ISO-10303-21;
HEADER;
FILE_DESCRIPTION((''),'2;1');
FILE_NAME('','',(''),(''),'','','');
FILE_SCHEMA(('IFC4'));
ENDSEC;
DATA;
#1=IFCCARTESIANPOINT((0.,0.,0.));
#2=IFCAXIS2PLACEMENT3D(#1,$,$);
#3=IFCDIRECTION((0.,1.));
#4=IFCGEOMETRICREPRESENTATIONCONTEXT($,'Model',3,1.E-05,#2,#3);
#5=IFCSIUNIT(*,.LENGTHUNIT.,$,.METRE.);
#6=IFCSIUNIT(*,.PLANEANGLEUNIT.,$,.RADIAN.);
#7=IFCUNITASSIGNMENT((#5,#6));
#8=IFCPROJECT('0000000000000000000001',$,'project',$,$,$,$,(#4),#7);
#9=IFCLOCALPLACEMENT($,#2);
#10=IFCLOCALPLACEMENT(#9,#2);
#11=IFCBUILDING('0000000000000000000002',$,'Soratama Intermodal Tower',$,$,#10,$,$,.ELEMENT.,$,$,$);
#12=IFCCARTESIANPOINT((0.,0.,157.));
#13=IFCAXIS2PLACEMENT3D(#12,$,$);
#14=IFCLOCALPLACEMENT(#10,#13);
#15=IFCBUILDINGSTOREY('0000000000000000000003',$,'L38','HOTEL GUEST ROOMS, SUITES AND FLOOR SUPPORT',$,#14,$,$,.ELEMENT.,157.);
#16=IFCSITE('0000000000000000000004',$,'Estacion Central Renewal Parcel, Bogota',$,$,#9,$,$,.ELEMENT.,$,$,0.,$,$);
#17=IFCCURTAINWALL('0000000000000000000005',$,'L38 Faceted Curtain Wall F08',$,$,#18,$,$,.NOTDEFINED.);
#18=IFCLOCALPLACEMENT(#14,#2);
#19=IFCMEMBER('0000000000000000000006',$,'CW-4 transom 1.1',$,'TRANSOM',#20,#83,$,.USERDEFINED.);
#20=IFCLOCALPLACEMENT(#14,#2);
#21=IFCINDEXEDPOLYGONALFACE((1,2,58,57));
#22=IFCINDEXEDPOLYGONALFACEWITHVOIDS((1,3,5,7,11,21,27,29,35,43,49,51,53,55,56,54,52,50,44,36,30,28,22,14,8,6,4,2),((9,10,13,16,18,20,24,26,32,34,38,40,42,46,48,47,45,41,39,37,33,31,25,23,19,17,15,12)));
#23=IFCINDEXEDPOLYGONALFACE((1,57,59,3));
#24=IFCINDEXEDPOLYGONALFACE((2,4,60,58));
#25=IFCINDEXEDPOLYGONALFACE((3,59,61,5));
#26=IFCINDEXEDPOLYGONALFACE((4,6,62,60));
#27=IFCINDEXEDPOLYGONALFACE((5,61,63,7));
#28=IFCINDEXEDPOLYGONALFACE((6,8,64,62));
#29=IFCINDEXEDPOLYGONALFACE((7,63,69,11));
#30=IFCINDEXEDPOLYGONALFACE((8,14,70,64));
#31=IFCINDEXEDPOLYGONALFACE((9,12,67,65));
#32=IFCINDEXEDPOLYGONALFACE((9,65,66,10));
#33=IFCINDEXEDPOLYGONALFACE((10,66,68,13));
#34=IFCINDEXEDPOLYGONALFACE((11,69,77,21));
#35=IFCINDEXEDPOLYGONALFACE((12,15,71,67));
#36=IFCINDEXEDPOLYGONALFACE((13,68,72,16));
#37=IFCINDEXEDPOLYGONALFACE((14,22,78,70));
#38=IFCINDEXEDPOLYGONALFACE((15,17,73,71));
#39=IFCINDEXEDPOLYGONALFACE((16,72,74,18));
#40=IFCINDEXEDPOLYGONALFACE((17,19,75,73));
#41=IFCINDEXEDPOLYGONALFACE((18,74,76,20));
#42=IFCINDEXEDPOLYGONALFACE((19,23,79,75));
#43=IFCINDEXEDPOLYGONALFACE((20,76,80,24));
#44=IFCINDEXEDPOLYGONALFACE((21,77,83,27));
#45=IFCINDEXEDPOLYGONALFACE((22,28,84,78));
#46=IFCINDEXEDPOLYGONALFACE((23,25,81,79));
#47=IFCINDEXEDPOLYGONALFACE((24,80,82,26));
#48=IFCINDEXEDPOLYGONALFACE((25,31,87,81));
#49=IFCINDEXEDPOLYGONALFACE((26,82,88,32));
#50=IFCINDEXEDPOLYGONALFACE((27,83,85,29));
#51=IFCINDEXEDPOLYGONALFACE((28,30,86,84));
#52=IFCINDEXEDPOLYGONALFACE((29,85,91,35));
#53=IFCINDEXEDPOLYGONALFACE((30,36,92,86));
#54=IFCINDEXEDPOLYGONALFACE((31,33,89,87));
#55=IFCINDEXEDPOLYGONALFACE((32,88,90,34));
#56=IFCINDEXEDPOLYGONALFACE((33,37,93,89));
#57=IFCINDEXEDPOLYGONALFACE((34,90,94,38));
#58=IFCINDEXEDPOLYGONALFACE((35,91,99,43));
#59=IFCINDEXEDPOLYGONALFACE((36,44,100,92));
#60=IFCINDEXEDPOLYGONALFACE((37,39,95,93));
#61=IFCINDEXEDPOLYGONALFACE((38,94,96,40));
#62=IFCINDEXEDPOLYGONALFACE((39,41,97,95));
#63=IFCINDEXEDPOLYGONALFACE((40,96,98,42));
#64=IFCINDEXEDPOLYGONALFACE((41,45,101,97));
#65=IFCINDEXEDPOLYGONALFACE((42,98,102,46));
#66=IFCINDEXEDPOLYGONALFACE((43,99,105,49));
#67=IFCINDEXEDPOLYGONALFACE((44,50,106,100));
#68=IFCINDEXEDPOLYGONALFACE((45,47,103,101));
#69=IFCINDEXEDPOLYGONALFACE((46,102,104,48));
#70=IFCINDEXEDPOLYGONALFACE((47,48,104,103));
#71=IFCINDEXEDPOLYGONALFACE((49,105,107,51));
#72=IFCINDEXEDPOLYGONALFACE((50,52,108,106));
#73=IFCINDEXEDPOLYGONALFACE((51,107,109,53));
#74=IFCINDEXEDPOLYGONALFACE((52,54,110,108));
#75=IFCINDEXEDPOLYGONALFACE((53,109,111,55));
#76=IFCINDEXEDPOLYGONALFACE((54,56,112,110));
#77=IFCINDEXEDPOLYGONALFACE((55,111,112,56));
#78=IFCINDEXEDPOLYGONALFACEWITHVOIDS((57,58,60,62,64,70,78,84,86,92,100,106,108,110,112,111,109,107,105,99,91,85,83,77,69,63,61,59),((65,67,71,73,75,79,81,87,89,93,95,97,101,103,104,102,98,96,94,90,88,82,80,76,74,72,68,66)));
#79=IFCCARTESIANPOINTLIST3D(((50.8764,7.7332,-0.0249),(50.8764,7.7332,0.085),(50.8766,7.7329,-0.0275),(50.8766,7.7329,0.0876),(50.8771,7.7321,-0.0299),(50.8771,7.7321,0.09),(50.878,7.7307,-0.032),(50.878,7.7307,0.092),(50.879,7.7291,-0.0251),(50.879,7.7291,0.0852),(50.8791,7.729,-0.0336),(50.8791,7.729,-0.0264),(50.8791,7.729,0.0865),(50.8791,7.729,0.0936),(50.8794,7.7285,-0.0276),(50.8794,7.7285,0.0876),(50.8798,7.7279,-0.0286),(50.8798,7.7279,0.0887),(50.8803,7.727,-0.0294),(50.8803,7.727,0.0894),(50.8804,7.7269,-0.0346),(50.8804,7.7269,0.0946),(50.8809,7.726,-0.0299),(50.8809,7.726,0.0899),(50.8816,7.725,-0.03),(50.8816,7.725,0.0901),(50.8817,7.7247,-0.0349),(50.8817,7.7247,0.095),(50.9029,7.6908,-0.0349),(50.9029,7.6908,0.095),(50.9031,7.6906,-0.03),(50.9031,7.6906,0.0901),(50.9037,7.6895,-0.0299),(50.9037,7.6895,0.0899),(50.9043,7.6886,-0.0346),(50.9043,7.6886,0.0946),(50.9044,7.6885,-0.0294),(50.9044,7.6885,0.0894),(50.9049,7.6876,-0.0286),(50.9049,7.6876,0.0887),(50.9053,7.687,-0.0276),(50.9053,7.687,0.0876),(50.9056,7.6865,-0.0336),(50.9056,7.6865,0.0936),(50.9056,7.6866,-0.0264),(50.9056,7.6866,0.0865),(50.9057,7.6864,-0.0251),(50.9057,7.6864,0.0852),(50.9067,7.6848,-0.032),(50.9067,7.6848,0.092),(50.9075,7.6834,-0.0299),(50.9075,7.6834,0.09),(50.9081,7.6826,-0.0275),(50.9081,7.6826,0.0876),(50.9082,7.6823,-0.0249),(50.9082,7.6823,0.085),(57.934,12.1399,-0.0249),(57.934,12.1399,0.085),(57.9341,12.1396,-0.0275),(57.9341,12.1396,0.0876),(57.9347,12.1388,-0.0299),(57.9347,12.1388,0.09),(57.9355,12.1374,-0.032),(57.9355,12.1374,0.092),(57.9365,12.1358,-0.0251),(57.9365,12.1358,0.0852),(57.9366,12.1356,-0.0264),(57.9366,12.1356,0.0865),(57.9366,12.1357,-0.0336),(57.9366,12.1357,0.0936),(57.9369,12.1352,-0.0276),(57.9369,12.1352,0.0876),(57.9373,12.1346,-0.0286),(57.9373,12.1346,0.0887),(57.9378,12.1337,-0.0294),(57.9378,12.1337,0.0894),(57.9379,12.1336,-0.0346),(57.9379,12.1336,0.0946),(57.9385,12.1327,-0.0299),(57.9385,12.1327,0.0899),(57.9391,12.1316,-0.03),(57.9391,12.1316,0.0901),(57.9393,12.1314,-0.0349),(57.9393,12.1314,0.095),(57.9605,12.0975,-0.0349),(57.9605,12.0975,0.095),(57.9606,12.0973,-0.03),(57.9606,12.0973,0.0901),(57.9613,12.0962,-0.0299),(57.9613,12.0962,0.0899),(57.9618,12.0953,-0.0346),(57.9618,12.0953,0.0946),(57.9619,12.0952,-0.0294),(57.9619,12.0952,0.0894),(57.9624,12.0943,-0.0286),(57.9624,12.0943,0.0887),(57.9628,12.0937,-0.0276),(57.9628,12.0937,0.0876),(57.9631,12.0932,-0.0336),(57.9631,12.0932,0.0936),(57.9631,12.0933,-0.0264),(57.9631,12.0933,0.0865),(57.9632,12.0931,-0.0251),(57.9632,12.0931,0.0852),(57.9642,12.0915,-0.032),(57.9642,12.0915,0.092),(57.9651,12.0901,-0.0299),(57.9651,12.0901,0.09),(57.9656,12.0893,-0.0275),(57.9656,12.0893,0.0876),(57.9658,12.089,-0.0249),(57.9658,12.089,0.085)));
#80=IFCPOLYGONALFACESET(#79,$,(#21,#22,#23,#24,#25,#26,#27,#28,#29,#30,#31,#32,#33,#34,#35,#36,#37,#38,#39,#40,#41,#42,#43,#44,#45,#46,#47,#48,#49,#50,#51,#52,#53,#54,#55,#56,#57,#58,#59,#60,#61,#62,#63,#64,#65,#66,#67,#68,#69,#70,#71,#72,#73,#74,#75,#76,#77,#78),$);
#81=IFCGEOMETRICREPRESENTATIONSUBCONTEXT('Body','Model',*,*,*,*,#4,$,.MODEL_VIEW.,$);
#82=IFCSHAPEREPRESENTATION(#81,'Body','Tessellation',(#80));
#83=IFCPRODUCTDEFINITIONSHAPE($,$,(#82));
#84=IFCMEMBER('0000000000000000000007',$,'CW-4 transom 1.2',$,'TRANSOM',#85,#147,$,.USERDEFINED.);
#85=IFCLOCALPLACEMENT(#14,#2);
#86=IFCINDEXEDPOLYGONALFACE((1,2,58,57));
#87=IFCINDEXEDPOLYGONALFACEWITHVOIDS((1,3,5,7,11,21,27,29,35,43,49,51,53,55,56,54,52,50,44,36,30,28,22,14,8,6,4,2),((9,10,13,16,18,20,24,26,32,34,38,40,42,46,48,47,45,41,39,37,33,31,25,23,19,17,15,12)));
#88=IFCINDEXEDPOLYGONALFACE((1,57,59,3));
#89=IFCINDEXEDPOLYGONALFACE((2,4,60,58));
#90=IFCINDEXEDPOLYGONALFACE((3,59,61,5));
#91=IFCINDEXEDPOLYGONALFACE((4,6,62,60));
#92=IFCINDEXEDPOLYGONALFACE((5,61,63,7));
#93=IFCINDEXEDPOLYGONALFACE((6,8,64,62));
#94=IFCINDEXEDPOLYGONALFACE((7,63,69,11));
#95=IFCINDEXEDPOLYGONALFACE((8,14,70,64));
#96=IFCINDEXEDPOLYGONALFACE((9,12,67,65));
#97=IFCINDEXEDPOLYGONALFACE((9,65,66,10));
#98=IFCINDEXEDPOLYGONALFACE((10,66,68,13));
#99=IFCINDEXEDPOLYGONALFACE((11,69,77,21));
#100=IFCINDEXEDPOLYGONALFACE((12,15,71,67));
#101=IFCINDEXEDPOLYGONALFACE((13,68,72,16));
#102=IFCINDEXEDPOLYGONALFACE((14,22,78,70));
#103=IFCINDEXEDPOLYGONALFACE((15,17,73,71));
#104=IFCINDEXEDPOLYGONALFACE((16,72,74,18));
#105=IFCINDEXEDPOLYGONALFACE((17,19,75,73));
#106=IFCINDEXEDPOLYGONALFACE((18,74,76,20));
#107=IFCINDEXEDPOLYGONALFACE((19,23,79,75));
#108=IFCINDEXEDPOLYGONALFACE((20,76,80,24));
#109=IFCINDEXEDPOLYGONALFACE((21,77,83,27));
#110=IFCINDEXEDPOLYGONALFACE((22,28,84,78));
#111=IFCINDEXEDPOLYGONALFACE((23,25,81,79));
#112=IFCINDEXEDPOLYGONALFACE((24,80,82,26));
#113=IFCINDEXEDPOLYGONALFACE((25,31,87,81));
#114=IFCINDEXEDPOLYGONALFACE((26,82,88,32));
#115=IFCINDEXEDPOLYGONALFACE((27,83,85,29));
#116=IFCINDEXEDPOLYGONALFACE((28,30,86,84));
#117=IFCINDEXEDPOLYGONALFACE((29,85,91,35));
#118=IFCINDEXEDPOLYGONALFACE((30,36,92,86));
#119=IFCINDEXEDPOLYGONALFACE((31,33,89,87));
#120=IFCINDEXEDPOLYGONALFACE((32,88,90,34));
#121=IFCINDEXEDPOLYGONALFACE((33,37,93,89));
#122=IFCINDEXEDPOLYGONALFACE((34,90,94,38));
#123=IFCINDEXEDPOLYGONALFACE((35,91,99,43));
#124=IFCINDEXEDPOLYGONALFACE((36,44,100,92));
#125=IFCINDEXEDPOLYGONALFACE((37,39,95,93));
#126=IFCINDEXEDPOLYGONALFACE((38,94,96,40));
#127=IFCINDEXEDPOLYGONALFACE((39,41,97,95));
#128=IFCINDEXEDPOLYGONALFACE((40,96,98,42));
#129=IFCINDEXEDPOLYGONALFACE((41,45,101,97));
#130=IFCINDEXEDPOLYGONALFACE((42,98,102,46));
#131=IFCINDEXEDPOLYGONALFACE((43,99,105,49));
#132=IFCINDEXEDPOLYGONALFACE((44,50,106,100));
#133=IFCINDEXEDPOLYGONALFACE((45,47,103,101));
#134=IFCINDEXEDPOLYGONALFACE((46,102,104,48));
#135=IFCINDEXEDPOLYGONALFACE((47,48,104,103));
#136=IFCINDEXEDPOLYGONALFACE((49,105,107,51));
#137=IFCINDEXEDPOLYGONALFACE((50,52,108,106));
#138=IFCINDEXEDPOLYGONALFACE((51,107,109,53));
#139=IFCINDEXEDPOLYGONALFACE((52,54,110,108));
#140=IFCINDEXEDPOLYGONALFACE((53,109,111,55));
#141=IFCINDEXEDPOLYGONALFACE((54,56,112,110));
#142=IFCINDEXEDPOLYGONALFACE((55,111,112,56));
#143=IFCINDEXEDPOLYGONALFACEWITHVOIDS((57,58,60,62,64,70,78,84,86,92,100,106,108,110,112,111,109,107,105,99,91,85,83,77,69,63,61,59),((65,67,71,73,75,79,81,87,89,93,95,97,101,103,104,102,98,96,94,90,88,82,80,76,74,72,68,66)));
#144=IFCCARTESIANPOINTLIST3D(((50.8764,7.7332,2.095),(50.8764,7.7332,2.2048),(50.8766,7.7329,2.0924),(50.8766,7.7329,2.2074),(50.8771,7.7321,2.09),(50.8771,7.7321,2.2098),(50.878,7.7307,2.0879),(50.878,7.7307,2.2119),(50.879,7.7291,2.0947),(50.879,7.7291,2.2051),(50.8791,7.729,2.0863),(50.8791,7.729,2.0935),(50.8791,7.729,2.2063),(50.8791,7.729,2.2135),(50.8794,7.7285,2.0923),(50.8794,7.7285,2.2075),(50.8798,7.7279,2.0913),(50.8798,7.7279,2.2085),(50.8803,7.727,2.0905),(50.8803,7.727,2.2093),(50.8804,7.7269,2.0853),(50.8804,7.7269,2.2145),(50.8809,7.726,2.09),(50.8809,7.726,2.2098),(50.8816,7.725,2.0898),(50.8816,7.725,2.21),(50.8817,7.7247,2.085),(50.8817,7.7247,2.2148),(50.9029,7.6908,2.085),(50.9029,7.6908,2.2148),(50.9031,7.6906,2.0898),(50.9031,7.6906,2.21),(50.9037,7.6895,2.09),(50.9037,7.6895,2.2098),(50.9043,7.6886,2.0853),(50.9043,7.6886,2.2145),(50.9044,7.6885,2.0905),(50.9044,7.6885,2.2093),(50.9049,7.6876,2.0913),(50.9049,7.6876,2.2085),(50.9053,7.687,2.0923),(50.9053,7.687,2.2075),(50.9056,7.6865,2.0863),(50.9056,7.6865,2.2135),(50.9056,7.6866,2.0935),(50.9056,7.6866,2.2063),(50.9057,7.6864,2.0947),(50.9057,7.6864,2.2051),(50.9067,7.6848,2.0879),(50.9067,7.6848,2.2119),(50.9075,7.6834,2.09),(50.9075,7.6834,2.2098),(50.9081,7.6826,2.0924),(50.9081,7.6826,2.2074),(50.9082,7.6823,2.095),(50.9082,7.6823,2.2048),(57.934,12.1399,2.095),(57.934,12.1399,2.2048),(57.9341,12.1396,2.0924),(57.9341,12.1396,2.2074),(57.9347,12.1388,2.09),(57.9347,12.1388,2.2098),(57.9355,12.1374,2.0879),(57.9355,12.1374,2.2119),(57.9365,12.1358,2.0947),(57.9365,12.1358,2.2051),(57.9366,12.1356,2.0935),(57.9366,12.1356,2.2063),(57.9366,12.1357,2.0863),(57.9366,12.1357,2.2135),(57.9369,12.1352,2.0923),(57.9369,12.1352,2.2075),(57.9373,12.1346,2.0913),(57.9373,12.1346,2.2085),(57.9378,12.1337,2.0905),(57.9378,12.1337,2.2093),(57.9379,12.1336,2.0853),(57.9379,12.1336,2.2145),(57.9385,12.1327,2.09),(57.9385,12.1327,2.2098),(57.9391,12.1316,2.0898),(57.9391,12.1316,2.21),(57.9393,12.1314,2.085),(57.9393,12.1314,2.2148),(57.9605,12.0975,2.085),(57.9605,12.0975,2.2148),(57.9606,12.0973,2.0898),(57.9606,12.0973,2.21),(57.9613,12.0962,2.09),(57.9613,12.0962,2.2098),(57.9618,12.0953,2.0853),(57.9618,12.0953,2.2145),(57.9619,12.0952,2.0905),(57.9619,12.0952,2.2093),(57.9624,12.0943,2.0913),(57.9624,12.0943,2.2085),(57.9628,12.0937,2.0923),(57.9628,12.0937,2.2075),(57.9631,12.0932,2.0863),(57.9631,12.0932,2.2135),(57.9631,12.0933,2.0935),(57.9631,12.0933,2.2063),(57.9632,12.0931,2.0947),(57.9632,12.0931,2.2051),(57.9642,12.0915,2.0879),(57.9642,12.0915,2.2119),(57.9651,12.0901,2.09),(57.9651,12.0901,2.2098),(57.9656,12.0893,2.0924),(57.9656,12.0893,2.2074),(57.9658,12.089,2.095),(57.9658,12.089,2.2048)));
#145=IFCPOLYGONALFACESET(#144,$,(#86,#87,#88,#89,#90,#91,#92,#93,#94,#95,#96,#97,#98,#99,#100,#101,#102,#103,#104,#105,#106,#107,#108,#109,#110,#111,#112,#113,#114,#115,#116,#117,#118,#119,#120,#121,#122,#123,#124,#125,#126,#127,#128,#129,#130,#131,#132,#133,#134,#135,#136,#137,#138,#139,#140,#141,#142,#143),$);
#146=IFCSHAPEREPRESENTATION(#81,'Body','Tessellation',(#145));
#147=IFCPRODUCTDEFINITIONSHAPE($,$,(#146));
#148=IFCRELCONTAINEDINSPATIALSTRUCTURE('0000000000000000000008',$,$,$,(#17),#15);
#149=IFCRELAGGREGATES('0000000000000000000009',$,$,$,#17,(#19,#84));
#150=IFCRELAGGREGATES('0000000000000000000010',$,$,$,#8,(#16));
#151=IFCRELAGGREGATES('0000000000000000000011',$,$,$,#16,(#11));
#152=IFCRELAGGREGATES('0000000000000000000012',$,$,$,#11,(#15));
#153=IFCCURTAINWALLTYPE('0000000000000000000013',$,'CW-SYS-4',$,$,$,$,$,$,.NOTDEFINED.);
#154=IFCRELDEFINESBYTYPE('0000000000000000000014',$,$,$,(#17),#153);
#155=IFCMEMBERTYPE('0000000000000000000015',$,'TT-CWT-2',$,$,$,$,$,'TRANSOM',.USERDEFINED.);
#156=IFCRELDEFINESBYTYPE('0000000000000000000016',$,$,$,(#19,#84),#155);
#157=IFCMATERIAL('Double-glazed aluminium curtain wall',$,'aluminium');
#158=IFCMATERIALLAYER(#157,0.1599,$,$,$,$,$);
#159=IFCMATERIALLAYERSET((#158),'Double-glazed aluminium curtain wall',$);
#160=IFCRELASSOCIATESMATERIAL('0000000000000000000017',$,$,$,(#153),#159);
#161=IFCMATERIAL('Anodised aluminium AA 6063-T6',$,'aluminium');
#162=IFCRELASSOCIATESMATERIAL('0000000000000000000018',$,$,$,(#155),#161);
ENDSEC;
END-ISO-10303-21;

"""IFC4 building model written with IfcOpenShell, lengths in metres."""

from ifc_helpers import new_model, si_unit, direction, frame, origin, origin_2d, place, context, subcontext, project, spatial, hollow_rectangle, extrude, material, layer, layer_set, material_profile, profile_set, type_object, element, aggregate, save


model = new_model("IFC4")

# Units and contexts
model_context = context("Model", 3, precision=1e-05, world=origin(), true_north=direction((0.0, 1.0)))
body_context = subcontext(model_context, "Body", "Model", "MODEL_VIEW")
ifc_project = project(units=[si_unit("LENGTHUNIT", "METRE"), si_unit("PLANEANGLEUNIT", "RADIAN")], contexts=[model_context])

# Site, building, storey
site_placement = place(None, origin())
site = spatial("IfcSite", under=ifc_project, at=site_placement, Name="Estacion Central Renewal Parcel, Bogota", CompositionType="ELEMENT", RefElevation=0.0)
building_placement = place(site_placement, origin())
building = spatial("IfcBuilding", under=site, at=building_placement, Name="Soratama Intermodal Tower", CompositionType="ELEMENT")
storey_placement = place(building_placement, frame((0.0, 0.0, 157.0)))
storey = spatial("IfcBuildingStorey", under=building, at=storey_placement, Name="L38", Description="HOTEL GUEST ROOMS, SUITES AND FLOOR SUPPORT", CompositionType="ELEMENT", Elevation=157.0)

# Curtain wall, members
ifc_material_1 = material(Name="Double-glazed aluminium curtain wall", Category="aluminium")
ifc_layer_1 = layer(ifc_material_1, 0.1599)
ifc_layer_set_1 = layer_set([ifc_layer_1], Name="Double-glazed aluminium curtain wall")
curtain_wall_type = type_object("IfcCurtainWallType", Name="CW-SYS-4", PredefinedType="NOTDEFINED", material=ifc_layer_set_1)
curtain_wall_placement = place(storey_placement, origin())
curtain_wall = element("IfcCurtainWall", 1, at=curtain_wall_placement, inside=storey, type_object=curtain_wall_type, Name="L38 Faceted Curtain Wall F08", PredefinedType="NOTDEFINED")
ifc_material_2 = material(Name="Anodised aluminium AA 6063-T6", Category="aluminium")
ifc_material_profile_1 = material_profile(ifc_material_2, hollow_rectangle(XDim=0.0601, YDim=0.1299, WallThickness=0.0049, InnerFilletRadius=0.0049, OuterFilletRadius=0.01, at=origin_2d()), Name="CWT130X60X5")
ifc_profile_set_1 = profile_set([ifc_material_profile_1], Name="Anodised aluminium AA 6063-T6")
member_type_1 = type_object("IfcMemberType", Name="TT-CWT-2", ElementType="TRANSOM", PredefinedType="USERDEFINED", material=ifc_profile_set_1)
member_1_placement = place(storey_placement, frame((50.8923, 7.7078, 0.03), z_axis=(0.848229, 0.52963, 0.0), x_axis=(-0.52963, 0.848229, 0.0)))
member_1 = element("IfcMember", 2, at=member_1_placement, type_object=member_type_1, Name="CW-4 transom 1.1", ObjectType="TRANSOM", PredefinedType="USERDEFINED", context=body_context, shape_type="SweptSolid", body=[
    extrude(hollow_rectangle(XDim=0.0601, YDim=0.1299, WallThickness=0.0049, InnerFilletRadius=0.0049, OuterFilletRadius=0.01, at=origin_2d()), origin(), (0.0, 0.0, 1.0), 8.3203),
])
member_2_placement = place(storey_placement, frame((50.8923, 7.7078, 2.1499), z_axis=(0.848229, 0.52963, 0.0), x_axis=(-0.52963, 0.848229, 0.0)))
member_2 = element("IfcMember", 3, at=member_2_placement, type_object=member_type_1, Name="CW-4 transom 1.2", ObjectType="TRANSOM", PredefinedType="USERDEFINED", context=body_context, shape_type="SweptSolid", body=[
    extrude(hollow_rectangle(XDim=0.0601, YDim=0.1299, WallThickness=0.0049, InnerFilletRadius=0.0049, OuterFilletRadius=0.01, at=origin_2d()), origin(), (0.0, 0.0, 1.0), 8.3203),
])
aggregate(curtain_wall, [member_1, member_2])

save(model, "model.ifc")
